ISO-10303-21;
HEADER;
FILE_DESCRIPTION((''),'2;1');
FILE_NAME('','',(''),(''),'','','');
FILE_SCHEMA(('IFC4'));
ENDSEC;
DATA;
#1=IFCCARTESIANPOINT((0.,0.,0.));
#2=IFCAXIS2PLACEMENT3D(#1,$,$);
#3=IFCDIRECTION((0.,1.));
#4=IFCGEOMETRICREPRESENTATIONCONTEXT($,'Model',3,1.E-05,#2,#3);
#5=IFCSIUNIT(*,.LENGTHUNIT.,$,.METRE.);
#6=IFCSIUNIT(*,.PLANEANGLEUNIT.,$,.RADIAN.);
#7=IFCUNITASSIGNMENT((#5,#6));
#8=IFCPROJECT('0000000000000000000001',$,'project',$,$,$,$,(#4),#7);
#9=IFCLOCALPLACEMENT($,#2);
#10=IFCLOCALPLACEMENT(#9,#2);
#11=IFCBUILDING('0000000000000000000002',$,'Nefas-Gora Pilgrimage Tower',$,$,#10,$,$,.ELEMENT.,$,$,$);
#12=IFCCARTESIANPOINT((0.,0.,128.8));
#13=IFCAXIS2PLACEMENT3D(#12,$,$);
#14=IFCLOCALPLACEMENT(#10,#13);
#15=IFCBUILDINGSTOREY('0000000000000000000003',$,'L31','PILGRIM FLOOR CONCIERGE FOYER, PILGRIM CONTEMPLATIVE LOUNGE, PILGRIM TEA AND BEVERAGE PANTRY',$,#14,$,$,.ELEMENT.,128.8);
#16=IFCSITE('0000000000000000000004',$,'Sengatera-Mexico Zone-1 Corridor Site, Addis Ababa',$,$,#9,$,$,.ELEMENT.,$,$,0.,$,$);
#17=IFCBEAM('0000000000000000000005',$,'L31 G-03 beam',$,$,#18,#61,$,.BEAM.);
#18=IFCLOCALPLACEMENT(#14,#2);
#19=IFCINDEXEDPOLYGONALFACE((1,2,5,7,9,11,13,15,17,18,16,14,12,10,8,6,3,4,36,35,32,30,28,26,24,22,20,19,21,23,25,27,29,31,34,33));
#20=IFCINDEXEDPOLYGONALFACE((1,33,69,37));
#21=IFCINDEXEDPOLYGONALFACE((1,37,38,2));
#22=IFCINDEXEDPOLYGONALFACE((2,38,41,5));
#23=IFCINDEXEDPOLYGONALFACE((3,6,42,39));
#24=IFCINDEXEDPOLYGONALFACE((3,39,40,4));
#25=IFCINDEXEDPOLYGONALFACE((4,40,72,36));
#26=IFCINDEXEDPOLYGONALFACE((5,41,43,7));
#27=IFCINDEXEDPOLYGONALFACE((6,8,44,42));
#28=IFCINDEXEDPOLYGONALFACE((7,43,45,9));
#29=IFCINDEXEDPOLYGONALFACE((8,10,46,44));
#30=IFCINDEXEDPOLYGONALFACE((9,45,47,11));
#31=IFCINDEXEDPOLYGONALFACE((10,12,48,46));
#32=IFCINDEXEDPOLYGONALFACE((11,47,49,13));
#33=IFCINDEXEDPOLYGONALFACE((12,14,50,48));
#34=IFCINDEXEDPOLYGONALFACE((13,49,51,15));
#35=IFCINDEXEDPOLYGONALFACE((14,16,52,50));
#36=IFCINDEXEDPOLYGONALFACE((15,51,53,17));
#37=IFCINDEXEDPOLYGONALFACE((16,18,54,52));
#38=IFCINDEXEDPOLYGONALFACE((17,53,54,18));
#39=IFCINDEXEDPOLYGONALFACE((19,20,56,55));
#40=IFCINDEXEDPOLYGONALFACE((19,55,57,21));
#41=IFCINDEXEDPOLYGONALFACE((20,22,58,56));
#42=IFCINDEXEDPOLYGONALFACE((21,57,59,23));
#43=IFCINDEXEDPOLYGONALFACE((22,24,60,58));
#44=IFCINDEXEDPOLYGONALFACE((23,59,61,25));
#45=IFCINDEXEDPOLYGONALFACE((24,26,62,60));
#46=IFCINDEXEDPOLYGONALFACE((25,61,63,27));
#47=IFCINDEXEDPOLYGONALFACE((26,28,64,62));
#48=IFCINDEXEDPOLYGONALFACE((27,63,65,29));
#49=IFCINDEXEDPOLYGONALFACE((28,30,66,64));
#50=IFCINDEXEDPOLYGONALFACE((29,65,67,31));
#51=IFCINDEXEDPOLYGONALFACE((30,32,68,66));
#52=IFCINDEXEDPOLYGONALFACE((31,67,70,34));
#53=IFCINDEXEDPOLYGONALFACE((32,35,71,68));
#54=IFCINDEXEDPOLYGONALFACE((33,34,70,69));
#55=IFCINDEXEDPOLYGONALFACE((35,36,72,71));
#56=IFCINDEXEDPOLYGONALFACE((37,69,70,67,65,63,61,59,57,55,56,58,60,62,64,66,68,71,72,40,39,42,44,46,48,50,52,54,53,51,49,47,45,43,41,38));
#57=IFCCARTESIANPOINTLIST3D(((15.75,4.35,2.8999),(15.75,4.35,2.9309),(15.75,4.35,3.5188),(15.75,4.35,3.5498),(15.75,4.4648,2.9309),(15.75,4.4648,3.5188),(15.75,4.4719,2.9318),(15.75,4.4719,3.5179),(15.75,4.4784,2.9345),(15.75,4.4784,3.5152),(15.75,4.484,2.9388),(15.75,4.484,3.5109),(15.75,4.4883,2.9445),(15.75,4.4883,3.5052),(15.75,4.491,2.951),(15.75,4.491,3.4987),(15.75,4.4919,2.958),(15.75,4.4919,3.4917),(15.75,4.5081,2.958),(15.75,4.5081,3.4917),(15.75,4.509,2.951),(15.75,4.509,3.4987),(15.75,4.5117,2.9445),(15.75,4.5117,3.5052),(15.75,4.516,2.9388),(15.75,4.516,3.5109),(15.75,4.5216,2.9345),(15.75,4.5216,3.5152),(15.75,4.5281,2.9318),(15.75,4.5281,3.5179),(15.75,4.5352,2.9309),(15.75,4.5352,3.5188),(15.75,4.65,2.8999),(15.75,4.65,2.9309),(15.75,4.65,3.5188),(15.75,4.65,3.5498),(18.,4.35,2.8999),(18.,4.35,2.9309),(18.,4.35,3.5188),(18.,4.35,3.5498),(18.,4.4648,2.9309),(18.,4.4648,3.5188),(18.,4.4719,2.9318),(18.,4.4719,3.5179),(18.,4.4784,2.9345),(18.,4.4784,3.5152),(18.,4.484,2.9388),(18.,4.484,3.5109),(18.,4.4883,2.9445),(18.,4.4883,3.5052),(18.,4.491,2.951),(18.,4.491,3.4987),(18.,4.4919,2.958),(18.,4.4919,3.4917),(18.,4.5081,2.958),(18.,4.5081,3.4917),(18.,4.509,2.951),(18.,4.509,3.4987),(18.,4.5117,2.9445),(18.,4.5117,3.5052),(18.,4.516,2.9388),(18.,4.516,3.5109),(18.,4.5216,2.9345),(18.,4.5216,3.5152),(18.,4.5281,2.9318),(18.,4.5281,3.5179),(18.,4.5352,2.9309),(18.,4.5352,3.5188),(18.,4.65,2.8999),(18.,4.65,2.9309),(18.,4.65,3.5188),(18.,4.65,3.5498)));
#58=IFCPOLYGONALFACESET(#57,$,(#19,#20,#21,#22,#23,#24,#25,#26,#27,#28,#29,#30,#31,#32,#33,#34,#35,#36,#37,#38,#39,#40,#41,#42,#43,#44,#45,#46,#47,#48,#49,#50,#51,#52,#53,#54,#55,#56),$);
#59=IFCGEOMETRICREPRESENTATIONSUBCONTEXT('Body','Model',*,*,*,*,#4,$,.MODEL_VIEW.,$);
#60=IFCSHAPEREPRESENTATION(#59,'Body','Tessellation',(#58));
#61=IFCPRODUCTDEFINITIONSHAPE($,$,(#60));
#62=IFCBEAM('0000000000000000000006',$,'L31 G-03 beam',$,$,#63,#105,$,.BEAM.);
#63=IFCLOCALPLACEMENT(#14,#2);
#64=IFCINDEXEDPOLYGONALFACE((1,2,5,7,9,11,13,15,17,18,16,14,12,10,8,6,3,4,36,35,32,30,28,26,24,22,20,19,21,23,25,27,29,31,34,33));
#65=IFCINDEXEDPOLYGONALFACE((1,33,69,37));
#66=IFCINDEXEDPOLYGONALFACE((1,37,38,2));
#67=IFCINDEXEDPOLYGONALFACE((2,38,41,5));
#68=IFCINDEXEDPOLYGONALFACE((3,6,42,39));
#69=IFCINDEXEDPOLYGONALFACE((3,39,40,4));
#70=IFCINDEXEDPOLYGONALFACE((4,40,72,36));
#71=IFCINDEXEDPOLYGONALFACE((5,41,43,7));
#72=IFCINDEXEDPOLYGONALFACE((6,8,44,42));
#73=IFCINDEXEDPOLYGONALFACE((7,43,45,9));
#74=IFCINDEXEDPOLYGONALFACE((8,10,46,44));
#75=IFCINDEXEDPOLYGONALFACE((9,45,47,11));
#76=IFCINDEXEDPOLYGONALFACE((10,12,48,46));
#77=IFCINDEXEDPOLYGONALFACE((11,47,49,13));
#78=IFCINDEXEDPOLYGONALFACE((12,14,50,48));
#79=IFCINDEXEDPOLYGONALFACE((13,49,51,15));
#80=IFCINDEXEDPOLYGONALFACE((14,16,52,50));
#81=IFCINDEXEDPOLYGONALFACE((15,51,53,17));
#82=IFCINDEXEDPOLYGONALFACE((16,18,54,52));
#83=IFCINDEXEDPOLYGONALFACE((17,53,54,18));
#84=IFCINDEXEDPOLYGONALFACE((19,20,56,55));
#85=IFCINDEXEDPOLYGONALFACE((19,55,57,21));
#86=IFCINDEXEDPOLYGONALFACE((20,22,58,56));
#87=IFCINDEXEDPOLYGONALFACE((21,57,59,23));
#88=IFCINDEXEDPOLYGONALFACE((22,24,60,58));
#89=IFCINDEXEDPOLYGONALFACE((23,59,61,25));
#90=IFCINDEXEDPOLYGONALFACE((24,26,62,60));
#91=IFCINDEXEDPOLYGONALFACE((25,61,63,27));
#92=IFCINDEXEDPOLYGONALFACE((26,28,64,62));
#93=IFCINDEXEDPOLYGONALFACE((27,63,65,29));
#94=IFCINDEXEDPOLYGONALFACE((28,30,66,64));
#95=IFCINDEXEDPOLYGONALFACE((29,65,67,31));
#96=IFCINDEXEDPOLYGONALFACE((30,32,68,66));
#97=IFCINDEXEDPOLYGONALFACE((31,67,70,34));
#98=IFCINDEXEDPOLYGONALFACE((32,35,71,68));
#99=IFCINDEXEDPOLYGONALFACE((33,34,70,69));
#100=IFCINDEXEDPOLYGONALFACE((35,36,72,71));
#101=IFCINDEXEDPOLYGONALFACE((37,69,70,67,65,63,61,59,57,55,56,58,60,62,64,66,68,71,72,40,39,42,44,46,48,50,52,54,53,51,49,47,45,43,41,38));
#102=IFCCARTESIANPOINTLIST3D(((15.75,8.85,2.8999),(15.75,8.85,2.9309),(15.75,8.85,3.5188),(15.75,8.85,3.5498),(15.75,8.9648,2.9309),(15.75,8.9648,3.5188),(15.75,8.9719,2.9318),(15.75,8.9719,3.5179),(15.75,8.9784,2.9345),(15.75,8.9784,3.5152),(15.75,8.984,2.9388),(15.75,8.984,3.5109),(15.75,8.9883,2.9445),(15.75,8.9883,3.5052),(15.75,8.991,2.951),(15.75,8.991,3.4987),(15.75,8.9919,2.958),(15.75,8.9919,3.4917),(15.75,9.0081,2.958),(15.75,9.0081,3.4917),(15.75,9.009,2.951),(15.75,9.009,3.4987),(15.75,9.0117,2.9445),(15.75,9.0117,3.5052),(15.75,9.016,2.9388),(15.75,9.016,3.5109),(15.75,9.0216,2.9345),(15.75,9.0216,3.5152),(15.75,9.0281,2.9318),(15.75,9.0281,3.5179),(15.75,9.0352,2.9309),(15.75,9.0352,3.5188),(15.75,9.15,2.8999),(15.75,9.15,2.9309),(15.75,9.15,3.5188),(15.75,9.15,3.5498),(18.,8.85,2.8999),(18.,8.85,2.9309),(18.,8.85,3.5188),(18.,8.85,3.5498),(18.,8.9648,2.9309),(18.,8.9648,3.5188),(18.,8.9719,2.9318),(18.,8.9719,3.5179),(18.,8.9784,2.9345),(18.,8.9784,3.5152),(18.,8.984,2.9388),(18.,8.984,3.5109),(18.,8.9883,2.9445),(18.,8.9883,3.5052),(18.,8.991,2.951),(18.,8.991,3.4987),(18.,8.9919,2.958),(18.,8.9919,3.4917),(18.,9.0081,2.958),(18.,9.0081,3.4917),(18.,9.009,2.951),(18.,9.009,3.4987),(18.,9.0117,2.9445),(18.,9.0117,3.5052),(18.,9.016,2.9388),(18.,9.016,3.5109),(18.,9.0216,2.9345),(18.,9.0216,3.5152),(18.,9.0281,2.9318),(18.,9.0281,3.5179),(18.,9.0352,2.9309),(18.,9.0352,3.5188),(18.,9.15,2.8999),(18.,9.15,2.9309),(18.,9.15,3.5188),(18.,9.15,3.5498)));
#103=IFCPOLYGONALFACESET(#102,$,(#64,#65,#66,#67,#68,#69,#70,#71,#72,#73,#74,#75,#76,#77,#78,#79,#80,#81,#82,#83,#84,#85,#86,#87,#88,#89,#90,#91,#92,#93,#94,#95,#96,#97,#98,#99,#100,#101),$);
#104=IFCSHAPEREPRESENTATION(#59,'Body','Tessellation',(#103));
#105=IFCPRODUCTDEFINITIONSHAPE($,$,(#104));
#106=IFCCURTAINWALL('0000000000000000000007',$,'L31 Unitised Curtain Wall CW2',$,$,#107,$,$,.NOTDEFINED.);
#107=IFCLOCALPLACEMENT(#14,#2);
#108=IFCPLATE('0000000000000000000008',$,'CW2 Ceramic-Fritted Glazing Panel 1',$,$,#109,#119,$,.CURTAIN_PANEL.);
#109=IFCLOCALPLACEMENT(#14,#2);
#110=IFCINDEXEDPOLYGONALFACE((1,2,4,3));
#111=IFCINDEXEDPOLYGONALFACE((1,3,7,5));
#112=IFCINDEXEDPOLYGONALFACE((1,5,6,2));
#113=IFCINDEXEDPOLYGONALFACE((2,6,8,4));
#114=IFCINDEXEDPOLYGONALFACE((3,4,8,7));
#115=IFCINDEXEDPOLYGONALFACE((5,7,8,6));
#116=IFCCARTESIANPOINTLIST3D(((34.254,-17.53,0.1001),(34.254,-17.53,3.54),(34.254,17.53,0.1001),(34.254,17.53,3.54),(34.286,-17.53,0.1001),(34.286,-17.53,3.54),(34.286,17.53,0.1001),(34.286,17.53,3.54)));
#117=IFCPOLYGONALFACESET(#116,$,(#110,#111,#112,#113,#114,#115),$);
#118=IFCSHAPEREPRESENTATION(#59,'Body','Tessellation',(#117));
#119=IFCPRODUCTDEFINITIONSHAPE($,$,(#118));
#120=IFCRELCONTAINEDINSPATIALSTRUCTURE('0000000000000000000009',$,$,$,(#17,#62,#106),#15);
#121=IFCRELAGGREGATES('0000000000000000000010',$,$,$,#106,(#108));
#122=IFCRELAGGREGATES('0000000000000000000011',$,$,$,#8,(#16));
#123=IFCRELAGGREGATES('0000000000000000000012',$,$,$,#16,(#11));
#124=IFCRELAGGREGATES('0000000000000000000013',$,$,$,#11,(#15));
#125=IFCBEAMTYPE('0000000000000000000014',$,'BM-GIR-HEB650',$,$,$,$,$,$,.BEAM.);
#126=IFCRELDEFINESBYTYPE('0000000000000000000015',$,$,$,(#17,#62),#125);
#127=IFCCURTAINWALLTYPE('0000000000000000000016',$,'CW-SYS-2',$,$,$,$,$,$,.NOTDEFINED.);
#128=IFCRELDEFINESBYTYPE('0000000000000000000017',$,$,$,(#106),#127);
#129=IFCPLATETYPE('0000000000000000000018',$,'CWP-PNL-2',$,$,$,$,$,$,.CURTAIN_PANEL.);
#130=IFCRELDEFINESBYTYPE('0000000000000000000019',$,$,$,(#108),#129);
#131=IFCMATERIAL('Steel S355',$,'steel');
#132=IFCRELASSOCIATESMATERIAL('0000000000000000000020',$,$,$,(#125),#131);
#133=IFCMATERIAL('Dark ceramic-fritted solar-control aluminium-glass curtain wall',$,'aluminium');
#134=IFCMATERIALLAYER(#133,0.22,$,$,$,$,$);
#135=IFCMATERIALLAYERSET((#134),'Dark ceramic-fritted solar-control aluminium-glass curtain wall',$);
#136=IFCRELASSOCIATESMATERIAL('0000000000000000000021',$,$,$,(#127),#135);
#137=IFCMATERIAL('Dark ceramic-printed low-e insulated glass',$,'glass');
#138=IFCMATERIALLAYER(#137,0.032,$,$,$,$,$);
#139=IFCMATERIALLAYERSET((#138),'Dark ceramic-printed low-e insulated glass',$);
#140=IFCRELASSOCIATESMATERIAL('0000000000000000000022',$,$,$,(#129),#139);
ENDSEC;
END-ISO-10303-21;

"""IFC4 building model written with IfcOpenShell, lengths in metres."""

from ifc_helpers import new_model, si_unit, direction, frame, origin, origin_2d, place, context, subcontext, project, spatial, rectangle, i_section, extrude, source, transform, mapped, material, layer, layer_set, material_profile, profile_set, type_object, element, aggregate, save


model = new_model("IFC4")

# Units and contexts
model_context = context("Model", 3, precision=1e-05, world=origin(), true_north=direction((0.0, 1.0)))
body_context = subcontext(model_context, "Body", "Model", "MODEL_VIEW")
ifc_project = project(units=[si_unit("LENGTHUNIT", "METRE"), si_unit("PLANEANGLEUNIT", "RADIAN")], contexts=[model_context])

# Site, building, storey
site_placement = place(None, origin())
site = spatial("IfcSite", under=ifc_project, at=site_placement, Name="Sengatera-Mexico Zone-1 Corridor Site, Addis Ababa", CompositionType="ELEMENT", RefElevation=0.0)
building_placement = place(site_placement, origin())
building = spatial("IfcBuilding", under=site, at=building_placement, Name="Nefas-Gora Pilgrimage Tower", CompositionType="ELEMENT")
storey_placement = place(building_placement, frame((0.0, 0.0, 128.8)))
storey = spatial("IfcBuildingStorey", under=building, at=storey_placement, Name="L31", Description="PILGRIM FLOOR CONCIERGE FOYER, PILGRIM CONTEMPLATIVE LOUNGE, PILGRIM TEA AND BEVERAGE PANTRY", CompositionType="ELEMENT", Elevation=128.8)

# Beams
ifc_material_1 = material(Name="Steel S355", Category="steel")
ifc_material_profile_1 = material_profile(ifc_material_1, i_section(OverallWidth=0.3, OverallDepth=0.6499, WebThickness=0.0161, FlangeThickness=0.031, FilletRadius=0.0271, at=origin_2d()), Name="HEB 650")
ifc_profile_set_1 = profile_set([ifc_material_profile_1], Name="Steel S355")
beam_type_1 = type_object("IfcBeamType", Name="BM-GIR-HEB650", PredefinedType="BEAM", material=ifc_profile_set_1)
shared_shape_1 = source(origin(), body_context, "Body", "SweptSolid", [
    extrude(i_section(OverallWidth=0.3, OverallDepth=0.6499, WebThickness=0.0161, FlangeThickness=0.031, FilletRadius=0.0271, at=origin_2d()), origin(), (0.0, 0.0, 1.0), 2.25),
])
for number, where, z_axis, x_axis, name in (
    (1, (15.75, 4.5, 3.2249), (1.0, 0.0, 0.0), (0.0, 1.0, 0.0), "L31 G-03 beam"),
    (2, (15.75, 9.0, 3.2249), (1.0, 0.0, 0.0), (0.0, 1.0, 0.0), "L31 G-03 beam"),
):
    element("IfcBeam", number, at=place(storey_placement, frame(where, z_axis=z_axis, x_axis=x_axis)), inside=storey, type_object=beam_type_1, Name=name, PredefinedType="BEAM", context=body_context, shape_type="MappedRepresentation", body=[
        mapped(shared_shape_1, transform((0.0, 0.0, 0.0), x_axis=(1.0, 0.0, 0.0), y_axis=(0.0, 1.0, 0.0), z_axis=(0.0, 0.0, 1.0), scale=1.0)),
    ])

# Curtain wall, plate
ifc_material_2 = material(Name="Dark ceramic-fritted solar-control aluminium-glass curtain wall", Category="aluminium")
ifc_layer_1 = layer(ifc_material_2, 0.22)
ifc_layer_set_1 = layer_set([ifc_layer_1], Name="Dark ceramic-fritted solar-control aluminium-glass curtain wall")
curtain_wall_type = type_object("IfcCurtainWallType", Name="CW-SYS-2", PredefinedType="NOTDEFINED", material=ifc_layer_set_1)
curtain_wall_placement = place(storey_placement, origin())
curtain_wall = element("IfcCurtainWall", 3, at=curtain_wall_placement, inside=storey, type_object=curtain_wall_type, Name="L31 Unitised Curtain Wall CW2", PredefinedType="NOTDEFINED")
ifc_material_3 = material(Name="Dark ceramic-printed low-e insulated glass", Category="glass")
ifc_layer_2 = layer(ifc_material_3, 0.032)
ifc_layer_set_2 = layer_set([ifc_layer_2], Name="Dark ceramic-printed low-e insulated glass")
plate_type = type_object("IfcPlateType", Name="CWP-PNL-2", PredefinedType="CURTAIN_PANEL", material=ifc_layer_set_2)
shared_shape_2 = source(origin(), body_context, "Body", "SweptSolid", [
    extrude(rectangle(XDim=35.0601, YDim=0.032, at=origin_2d()), origin(), (0.0, 0.0, 1.0), 3.4399),
])
plate_placement = place(storey_placement, frame((34.27, 0.0, 0.1001), z_axis=(0.0, 0.0, 1.0), x_axis=(0.0, 1.0, 0.0)))
plate = element("IfcPlate", 4, at=plate_placement, type_object=plate_type, Name="CW2 Ceramic-Fritted Glazing Panel 1", PredefinedType="CURTAIN_PANEL", context=body_context, shape_type="MappedRepresentation", body=[
    mapped(shared_shape_2, transform((0.0, 0.0, 0.0), x_axis=(1.0, 0.0, 0.0), y_axis=(0.0, 1.0, 0.0), z_axis=(0.0, 0.0, 1.0), scale=1.0)),
])
aggregate(curtain_wall, [plate])

save(model, "model.ifc")
